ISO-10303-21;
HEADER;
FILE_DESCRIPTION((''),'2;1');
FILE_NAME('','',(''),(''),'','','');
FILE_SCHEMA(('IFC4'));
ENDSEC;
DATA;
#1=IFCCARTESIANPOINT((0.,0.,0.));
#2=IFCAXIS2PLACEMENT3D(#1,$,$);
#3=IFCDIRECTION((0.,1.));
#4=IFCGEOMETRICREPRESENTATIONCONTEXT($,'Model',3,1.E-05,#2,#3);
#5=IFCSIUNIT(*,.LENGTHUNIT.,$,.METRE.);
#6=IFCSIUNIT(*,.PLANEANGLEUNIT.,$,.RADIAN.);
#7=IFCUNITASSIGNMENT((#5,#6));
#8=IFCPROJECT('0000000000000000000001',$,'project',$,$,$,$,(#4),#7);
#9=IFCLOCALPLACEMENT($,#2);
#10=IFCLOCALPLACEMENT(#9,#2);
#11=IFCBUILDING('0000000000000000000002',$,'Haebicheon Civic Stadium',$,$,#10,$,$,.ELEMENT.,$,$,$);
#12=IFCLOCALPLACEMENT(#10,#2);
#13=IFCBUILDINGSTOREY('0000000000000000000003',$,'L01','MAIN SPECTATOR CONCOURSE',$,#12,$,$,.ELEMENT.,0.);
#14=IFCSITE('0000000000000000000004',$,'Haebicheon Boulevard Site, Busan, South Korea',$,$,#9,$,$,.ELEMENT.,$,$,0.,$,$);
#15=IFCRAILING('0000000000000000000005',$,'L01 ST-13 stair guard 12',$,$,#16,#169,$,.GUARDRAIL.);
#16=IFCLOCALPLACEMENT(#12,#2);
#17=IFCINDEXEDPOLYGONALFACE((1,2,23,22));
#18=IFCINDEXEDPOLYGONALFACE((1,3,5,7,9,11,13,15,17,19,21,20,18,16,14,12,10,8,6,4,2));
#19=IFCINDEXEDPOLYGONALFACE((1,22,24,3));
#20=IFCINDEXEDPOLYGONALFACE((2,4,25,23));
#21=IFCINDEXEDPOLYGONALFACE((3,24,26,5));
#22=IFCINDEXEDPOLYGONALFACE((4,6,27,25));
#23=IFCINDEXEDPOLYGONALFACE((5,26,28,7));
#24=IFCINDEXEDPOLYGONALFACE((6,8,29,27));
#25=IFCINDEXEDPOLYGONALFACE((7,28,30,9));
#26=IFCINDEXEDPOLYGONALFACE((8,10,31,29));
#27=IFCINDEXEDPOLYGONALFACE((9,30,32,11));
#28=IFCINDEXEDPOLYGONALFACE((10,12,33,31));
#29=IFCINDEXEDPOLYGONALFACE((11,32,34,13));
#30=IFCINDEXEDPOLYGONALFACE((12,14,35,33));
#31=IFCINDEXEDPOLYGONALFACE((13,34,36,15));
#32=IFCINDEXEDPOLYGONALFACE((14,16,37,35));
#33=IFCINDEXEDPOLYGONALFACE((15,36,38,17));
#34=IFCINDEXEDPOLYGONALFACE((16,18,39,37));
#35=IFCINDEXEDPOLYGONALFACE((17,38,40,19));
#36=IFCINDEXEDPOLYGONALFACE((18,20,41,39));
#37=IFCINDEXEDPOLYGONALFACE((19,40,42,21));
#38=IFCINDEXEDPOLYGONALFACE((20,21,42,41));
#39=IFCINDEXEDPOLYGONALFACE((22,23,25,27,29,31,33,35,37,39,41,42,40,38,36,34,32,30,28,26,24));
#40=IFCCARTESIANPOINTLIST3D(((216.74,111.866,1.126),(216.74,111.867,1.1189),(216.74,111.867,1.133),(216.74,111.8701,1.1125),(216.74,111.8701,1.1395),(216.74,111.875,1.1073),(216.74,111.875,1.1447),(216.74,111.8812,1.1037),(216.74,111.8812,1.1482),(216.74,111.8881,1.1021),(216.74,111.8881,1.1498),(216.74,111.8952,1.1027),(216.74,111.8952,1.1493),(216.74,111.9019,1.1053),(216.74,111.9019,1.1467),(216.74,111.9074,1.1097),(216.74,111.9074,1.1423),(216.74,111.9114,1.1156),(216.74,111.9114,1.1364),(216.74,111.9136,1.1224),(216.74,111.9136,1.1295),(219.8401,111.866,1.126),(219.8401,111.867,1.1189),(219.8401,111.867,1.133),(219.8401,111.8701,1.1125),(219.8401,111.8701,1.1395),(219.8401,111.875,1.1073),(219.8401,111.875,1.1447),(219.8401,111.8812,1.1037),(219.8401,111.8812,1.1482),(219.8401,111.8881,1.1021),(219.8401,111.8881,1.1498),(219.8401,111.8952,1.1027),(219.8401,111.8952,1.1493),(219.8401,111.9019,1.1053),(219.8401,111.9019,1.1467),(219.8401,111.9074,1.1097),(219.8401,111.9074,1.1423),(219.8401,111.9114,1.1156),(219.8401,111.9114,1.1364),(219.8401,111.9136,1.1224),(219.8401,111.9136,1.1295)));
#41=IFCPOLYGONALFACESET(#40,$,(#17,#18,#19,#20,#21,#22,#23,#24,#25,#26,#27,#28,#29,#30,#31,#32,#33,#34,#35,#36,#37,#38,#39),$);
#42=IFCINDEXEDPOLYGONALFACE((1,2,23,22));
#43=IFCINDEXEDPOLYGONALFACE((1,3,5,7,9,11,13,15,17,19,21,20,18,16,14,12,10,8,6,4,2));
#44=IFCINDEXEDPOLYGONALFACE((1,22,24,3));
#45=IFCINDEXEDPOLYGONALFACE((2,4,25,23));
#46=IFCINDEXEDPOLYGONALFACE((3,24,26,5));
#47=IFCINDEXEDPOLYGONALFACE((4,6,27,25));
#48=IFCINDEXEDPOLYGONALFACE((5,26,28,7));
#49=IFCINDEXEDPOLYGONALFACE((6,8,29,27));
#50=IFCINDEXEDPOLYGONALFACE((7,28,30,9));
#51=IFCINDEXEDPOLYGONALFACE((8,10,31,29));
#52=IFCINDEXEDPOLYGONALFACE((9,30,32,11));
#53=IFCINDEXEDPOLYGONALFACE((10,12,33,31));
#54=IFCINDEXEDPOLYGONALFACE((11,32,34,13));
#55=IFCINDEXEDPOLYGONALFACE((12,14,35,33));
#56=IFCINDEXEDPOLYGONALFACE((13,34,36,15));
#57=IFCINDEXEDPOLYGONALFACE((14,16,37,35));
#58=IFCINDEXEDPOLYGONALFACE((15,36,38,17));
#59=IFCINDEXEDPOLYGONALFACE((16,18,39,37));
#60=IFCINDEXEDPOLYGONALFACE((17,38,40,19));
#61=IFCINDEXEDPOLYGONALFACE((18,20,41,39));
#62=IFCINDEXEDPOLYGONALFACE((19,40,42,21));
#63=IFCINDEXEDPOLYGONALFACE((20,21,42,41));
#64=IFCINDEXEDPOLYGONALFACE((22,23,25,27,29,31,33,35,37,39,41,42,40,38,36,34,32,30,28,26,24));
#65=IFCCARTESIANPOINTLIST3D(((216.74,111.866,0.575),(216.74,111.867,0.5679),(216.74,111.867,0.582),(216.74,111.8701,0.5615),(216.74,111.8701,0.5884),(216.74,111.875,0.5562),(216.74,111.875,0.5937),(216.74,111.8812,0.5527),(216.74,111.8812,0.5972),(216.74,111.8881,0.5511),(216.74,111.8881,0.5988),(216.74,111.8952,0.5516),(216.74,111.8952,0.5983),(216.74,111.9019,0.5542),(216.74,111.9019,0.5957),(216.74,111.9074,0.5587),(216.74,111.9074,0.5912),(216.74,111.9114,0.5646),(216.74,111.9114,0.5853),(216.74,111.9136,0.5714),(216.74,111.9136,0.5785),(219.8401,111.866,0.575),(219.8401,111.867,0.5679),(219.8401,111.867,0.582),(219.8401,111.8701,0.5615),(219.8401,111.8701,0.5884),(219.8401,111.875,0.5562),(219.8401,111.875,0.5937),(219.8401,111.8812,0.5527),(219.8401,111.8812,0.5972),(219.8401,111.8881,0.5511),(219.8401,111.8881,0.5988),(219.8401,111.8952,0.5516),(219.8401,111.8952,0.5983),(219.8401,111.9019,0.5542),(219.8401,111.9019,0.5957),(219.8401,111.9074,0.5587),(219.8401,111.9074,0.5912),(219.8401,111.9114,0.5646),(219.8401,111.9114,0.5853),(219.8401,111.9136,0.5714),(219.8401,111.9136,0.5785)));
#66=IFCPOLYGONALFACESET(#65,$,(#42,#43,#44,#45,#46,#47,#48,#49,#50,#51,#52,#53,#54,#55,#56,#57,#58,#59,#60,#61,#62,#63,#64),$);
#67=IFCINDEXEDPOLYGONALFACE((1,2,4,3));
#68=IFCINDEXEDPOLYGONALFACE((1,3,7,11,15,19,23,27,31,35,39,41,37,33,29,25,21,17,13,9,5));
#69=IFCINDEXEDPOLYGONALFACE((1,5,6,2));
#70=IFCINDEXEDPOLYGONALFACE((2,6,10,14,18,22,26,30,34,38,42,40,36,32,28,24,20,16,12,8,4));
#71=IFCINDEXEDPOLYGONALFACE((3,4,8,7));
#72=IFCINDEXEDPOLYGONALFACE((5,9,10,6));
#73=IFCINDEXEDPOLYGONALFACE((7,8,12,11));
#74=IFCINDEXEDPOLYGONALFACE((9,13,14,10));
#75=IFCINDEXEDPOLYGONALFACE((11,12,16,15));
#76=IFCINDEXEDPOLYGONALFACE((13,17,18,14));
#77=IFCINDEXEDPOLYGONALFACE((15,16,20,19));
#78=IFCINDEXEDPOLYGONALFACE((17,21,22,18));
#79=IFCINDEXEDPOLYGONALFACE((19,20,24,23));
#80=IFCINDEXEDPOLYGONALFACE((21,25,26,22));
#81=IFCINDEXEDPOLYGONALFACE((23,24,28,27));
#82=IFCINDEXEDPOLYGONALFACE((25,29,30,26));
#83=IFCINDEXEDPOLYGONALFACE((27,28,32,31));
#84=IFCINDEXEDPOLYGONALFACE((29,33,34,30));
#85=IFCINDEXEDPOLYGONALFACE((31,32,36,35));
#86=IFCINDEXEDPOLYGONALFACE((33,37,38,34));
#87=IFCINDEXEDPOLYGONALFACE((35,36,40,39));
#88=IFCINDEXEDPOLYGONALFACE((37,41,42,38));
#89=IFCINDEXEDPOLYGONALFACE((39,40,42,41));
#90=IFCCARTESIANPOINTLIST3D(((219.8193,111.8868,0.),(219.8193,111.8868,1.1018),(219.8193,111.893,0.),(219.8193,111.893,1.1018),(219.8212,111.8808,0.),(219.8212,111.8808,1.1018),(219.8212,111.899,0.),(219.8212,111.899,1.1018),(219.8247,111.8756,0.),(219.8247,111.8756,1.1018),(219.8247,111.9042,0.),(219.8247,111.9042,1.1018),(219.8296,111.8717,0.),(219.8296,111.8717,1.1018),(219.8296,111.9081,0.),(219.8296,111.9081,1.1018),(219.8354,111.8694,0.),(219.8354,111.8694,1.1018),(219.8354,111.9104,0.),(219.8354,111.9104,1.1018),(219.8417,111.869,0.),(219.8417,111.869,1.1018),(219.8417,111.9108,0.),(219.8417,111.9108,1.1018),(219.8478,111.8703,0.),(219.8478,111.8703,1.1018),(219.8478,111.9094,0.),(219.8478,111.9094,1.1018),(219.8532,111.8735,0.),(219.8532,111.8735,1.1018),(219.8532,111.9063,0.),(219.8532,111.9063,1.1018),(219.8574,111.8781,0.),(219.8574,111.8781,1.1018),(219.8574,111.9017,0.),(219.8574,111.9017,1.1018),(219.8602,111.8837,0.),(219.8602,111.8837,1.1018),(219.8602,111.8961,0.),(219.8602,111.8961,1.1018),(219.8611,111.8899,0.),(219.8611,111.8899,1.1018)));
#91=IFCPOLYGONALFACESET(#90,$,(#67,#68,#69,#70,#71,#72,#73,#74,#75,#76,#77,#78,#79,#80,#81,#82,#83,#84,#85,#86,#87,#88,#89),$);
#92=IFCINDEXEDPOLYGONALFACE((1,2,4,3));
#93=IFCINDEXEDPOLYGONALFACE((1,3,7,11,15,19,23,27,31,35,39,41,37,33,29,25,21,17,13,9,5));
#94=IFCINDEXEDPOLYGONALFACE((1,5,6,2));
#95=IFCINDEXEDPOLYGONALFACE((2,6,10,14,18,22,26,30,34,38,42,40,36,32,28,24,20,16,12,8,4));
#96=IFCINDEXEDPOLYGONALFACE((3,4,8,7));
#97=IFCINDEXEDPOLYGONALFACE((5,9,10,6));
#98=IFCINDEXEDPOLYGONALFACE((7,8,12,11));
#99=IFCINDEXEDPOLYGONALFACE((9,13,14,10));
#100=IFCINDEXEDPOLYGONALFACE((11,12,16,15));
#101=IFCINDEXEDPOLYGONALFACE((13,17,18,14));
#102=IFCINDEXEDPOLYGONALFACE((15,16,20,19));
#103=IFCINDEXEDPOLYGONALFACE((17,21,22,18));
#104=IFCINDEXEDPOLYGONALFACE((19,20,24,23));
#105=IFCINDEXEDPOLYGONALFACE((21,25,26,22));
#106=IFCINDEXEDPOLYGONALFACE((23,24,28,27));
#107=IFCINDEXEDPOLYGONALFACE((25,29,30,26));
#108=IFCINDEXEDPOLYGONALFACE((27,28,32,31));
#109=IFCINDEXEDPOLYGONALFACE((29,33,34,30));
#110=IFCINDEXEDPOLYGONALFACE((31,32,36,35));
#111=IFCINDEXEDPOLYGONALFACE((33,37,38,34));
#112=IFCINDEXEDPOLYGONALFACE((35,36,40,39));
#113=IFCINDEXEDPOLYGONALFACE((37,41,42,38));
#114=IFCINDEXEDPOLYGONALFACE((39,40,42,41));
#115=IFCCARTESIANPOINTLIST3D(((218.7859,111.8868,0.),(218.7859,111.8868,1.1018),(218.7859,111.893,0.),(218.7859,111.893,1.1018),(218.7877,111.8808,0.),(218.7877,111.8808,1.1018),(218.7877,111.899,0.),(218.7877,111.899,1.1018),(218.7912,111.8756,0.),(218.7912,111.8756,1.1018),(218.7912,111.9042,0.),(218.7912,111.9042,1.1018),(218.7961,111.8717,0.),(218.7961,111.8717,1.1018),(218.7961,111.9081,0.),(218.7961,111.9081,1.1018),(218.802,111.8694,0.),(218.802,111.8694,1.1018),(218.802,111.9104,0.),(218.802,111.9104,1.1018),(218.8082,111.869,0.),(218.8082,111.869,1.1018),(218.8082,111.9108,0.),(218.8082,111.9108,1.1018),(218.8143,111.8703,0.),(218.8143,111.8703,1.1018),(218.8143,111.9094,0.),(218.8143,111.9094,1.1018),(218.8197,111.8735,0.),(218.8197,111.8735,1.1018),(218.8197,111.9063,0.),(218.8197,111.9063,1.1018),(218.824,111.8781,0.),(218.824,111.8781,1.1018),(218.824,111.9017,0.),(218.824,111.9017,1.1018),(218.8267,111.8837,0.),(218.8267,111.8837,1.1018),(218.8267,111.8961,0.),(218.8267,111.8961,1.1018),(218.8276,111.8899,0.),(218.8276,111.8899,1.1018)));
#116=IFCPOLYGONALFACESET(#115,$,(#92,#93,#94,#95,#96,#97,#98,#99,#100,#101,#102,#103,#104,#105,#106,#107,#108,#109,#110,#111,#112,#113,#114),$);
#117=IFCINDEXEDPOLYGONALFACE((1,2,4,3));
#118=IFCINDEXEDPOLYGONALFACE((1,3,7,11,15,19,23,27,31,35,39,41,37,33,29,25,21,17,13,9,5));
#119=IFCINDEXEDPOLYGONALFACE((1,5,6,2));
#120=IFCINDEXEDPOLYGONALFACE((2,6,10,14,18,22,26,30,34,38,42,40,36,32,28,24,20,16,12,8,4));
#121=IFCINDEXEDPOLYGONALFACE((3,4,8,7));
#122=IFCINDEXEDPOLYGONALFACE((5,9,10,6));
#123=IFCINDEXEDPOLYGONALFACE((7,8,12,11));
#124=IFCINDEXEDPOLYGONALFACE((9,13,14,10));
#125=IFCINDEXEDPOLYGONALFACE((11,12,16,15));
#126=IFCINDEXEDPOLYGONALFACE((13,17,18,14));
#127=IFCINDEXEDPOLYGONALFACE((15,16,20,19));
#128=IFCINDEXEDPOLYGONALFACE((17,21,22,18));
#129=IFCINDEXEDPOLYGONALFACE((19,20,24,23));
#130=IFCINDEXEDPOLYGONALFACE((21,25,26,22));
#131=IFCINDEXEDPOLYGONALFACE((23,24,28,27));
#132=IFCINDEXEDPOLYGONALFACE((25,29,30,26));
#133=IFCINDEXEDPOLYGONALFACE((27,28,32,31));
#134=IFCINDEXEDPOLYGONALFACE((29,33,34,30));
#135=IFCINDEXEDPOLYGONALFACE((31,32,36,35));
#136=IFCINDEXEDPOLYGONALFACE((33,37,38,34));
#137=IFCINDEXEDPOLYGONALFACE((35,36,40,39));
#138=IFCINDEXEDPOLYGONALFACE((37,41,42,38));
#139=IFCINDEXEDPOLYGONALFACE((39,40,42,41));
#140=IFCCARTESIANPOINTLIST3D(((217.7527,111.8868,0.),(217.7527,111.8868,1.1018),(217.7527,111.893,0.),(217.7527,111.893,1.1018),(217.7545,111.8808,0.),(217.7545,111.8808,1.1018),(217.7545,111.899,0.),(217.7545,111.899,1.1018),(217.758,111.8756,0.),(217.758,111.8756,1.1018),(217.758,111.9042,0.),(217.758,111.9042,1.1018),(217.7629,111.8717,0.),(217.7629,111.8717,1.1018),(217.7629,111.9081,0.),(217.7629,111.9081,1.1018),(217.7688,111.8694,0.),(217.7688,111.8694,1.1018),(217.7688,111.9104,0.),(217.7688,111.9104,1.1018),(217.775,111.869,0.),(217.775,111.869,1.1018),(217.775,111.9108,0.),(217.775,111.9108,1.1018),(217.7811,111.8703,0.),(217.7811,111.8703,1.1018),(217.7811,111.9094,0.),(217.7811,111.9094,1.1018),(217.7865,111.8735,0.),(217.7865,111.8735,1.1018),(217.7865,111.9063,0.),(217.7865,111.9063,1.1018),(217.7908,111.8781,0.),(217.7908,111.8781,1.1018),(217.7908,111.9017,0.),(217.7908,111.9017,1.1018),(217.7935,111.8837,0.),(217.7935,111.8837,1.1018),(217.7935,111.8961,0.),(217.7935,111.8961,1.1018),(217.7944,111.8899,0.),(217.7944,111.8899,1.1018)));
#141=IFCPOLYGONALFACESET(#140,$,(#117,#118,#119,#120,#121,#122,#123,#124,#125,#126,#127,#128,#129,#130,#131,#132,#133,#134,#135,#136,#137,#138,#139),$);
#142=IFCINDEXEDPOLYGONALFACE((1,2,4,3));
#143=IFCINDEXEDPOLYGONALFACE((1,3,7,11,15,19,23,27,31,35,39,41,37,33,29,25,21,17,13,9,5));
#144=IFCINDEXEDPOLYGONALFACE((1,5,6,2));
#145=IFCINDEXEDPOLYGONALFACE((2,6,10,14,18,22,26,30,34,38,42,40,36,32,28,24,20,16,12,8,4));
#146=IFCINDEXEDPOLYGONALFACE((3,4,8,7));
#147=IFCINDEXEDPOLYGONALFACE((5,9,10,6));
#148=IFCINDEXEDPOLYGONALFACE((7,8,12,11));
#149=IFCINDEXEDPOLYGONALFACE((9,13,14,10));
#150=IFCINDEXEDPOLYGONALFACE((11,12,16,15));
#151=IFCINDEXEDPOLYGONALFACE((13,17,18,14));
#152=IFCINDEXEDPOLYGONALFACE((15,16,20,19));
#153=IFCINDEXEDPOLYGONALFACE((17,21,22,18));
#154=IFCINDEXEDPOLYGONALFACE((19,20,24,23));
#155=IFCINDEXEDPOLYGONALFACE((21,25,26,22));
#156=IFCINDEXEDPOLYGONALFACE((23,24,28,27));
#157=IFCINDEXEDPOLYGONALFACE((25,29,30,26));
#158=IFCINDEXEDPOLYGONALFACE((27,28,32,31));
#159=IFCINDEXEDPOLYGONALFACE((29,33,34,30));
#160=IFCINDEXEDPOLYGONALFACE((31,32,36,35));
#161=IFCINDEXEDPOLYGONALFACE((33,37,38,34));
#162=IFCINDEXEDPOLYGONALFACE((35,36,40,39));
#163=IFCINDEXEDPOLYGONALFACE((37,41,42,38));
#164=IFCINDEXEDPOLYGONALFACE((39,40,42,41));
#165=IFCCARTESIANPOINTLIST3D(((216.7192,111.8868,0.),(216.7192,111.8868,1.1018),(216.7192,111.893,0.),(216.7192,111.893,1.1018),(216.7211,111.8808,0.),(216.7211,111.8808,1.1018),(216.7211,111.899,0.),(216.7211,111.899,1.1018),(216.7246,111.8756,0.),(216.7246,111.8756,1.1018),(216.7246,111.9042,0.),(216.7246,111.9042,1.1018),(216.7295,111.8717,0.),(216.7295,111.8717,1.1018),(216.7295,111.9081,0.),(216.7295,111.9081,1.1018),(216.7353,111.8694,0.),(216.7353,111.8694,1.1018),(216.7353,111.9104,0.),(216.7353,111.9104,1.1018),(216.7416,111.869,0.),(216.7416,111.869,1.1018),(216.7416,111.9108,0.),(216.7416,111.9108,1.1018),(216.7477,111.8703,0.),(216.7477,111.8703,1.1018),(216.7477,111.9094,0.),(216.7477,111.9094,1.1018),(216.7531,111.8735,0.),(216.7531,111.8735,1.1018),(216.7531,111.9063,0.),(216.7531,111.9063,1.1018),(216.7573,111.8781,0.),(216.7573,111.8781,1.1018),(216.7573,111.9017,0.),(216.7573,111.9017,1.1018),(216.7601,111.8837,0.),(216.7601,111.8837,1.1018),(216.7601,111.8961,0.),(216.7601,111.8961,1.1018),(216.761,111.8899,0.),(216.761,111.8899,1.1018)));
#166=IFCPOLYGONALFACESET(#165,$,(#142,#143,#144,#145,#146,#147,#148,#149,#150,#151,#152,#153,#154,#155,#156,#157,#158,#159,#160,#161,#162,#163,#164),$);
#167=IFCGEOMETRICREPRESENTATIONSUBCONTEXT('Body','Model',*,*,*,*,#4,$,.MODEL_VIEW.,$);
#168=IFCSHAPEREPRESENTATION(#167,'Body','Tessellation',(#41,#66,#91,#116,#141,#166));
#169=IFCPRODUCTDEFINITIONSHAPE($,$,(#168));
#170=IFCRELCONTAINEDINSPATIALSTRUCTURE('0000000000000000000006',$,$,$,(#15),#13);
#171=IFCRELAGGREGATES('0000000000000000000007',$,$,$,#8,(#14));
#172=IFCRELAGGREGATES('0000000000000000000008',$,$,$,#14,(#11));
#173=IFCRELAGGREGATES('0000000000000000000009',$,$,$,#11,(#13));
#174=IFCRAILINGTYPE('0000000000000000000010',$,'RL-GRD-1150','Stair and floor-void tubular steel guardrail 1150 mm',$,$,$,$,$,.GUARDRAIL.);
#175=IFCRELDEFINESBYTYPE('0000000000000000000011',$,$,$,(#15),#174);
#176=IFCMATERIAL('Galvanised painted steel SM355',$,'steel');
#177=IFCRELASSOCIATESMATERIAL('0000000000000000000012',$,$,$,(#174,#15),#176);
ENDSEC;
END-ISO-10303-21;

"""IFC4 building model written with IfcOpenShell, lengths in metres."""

from ifc_helpers import new_model, si_unit, direction, frame, origin, origin_2d, place, context, subcontext, project, spatial, circle, extrude, material, type_object, element, save


model = new_model("IFC4")

# Units and contexts
model_context = context("Model", 3, precision=1e-05, world=origin(), true_north=direction((0.0, 1.0)))
body_context = subcontext(model_context, "Body", "Model", "MODEL_VIEW")
ifc_project = project(units=[si_unit("LENGTHUNIT", "METRE"), si_unit("PLANEANGLEUNIT", "RADIAN")], contexts=[model_context])

# Site, building, storey
site_placement = place(None, origin())
site = spatial("IfcSite", under=ifc_project, at=site_placement, Name="Haebicheon Boulevard Site, Busan, South Korea", CompositionType="ELEMENT", RefElevation=0.0)
building_placement = place(site_placement, origin())
building = spatial("IfcBuilding", under=site, at=building_placement, Name="Haebicheon Civic Stadium", CompositionType="ELEMENT")
storey_placement = place(building_placement, origin())
storey = spatial("IfcBuildingStorey", under=building, at=storey_placement, Name="L01", Description="MAIN SPECTATOR CONCOURSE", CompositionType="ELEMENT", Elevation=0.0)

# Railing
ifc_material_1 = material(Name="Galvanised painted steel SM355", Category="steel")
railing_type_1 = type_object("IfcRailingType", Name="RL-GRD-1150", Description="Stair and floor-void tubular steel guardrail 1150 mm", PredefinedType="GUARDRAIL", material=ifc_material_1)
railing_1_placement = place(storey_placement, frame((219.8401, 111.8899, 0.0)))
element("IfcRailing", 1, at=railing_1_placement, inside=storey, type_object=railing_type_1, material=ifc_material_1, Name="L01 ST-13 stair guard 12", PredefinedType="GUARDRAIL", context=body_context, shape_type="SweptSolid", body=[
    extrude(circle(Radius=0.0239, at=origin_2d()), frame((0.0, 0.0, 1.126), z_axis=(-1.0, 0.0, 0.0), x_axis=(0.0, -1.0, 0.0)), (0.0, 0.0, 1.0), 3.1001),
    extrude(circle(Radius=0.0239, at=origin_2d()), frame((0.0, 0.0, 0.575), z_axis=(-1.0, 0.0, 0.0), x_axis=(0.0, -1.0, 0.0)), (0.0, 0.0, 1.0), 3.1001),
    extrude(circle(Radius=0.021, at=origin_2d()), origin(), (0.0, 0.0, 1.0), 1.1018),
    extrude(circle(Radius=0.021, at=origin_2d()), frame((-1.0334, 0.0, 0.0)), (0.0, 0.0, 1.0), 1.1018),
    extrude(circle(Radius=0.021, at=origin_2d()), frame((-2.0667, 0.0, 0.0)), (0.0, 0.0, 1.0), 1.1018),
    extrude(circle(Radius=0.021, at=origin_2d()), frame((-3.1001, 0.0, 0.0)), (0.0, 0.0, 1.0), 1.1018),
])

save(model, "model.ifc")
